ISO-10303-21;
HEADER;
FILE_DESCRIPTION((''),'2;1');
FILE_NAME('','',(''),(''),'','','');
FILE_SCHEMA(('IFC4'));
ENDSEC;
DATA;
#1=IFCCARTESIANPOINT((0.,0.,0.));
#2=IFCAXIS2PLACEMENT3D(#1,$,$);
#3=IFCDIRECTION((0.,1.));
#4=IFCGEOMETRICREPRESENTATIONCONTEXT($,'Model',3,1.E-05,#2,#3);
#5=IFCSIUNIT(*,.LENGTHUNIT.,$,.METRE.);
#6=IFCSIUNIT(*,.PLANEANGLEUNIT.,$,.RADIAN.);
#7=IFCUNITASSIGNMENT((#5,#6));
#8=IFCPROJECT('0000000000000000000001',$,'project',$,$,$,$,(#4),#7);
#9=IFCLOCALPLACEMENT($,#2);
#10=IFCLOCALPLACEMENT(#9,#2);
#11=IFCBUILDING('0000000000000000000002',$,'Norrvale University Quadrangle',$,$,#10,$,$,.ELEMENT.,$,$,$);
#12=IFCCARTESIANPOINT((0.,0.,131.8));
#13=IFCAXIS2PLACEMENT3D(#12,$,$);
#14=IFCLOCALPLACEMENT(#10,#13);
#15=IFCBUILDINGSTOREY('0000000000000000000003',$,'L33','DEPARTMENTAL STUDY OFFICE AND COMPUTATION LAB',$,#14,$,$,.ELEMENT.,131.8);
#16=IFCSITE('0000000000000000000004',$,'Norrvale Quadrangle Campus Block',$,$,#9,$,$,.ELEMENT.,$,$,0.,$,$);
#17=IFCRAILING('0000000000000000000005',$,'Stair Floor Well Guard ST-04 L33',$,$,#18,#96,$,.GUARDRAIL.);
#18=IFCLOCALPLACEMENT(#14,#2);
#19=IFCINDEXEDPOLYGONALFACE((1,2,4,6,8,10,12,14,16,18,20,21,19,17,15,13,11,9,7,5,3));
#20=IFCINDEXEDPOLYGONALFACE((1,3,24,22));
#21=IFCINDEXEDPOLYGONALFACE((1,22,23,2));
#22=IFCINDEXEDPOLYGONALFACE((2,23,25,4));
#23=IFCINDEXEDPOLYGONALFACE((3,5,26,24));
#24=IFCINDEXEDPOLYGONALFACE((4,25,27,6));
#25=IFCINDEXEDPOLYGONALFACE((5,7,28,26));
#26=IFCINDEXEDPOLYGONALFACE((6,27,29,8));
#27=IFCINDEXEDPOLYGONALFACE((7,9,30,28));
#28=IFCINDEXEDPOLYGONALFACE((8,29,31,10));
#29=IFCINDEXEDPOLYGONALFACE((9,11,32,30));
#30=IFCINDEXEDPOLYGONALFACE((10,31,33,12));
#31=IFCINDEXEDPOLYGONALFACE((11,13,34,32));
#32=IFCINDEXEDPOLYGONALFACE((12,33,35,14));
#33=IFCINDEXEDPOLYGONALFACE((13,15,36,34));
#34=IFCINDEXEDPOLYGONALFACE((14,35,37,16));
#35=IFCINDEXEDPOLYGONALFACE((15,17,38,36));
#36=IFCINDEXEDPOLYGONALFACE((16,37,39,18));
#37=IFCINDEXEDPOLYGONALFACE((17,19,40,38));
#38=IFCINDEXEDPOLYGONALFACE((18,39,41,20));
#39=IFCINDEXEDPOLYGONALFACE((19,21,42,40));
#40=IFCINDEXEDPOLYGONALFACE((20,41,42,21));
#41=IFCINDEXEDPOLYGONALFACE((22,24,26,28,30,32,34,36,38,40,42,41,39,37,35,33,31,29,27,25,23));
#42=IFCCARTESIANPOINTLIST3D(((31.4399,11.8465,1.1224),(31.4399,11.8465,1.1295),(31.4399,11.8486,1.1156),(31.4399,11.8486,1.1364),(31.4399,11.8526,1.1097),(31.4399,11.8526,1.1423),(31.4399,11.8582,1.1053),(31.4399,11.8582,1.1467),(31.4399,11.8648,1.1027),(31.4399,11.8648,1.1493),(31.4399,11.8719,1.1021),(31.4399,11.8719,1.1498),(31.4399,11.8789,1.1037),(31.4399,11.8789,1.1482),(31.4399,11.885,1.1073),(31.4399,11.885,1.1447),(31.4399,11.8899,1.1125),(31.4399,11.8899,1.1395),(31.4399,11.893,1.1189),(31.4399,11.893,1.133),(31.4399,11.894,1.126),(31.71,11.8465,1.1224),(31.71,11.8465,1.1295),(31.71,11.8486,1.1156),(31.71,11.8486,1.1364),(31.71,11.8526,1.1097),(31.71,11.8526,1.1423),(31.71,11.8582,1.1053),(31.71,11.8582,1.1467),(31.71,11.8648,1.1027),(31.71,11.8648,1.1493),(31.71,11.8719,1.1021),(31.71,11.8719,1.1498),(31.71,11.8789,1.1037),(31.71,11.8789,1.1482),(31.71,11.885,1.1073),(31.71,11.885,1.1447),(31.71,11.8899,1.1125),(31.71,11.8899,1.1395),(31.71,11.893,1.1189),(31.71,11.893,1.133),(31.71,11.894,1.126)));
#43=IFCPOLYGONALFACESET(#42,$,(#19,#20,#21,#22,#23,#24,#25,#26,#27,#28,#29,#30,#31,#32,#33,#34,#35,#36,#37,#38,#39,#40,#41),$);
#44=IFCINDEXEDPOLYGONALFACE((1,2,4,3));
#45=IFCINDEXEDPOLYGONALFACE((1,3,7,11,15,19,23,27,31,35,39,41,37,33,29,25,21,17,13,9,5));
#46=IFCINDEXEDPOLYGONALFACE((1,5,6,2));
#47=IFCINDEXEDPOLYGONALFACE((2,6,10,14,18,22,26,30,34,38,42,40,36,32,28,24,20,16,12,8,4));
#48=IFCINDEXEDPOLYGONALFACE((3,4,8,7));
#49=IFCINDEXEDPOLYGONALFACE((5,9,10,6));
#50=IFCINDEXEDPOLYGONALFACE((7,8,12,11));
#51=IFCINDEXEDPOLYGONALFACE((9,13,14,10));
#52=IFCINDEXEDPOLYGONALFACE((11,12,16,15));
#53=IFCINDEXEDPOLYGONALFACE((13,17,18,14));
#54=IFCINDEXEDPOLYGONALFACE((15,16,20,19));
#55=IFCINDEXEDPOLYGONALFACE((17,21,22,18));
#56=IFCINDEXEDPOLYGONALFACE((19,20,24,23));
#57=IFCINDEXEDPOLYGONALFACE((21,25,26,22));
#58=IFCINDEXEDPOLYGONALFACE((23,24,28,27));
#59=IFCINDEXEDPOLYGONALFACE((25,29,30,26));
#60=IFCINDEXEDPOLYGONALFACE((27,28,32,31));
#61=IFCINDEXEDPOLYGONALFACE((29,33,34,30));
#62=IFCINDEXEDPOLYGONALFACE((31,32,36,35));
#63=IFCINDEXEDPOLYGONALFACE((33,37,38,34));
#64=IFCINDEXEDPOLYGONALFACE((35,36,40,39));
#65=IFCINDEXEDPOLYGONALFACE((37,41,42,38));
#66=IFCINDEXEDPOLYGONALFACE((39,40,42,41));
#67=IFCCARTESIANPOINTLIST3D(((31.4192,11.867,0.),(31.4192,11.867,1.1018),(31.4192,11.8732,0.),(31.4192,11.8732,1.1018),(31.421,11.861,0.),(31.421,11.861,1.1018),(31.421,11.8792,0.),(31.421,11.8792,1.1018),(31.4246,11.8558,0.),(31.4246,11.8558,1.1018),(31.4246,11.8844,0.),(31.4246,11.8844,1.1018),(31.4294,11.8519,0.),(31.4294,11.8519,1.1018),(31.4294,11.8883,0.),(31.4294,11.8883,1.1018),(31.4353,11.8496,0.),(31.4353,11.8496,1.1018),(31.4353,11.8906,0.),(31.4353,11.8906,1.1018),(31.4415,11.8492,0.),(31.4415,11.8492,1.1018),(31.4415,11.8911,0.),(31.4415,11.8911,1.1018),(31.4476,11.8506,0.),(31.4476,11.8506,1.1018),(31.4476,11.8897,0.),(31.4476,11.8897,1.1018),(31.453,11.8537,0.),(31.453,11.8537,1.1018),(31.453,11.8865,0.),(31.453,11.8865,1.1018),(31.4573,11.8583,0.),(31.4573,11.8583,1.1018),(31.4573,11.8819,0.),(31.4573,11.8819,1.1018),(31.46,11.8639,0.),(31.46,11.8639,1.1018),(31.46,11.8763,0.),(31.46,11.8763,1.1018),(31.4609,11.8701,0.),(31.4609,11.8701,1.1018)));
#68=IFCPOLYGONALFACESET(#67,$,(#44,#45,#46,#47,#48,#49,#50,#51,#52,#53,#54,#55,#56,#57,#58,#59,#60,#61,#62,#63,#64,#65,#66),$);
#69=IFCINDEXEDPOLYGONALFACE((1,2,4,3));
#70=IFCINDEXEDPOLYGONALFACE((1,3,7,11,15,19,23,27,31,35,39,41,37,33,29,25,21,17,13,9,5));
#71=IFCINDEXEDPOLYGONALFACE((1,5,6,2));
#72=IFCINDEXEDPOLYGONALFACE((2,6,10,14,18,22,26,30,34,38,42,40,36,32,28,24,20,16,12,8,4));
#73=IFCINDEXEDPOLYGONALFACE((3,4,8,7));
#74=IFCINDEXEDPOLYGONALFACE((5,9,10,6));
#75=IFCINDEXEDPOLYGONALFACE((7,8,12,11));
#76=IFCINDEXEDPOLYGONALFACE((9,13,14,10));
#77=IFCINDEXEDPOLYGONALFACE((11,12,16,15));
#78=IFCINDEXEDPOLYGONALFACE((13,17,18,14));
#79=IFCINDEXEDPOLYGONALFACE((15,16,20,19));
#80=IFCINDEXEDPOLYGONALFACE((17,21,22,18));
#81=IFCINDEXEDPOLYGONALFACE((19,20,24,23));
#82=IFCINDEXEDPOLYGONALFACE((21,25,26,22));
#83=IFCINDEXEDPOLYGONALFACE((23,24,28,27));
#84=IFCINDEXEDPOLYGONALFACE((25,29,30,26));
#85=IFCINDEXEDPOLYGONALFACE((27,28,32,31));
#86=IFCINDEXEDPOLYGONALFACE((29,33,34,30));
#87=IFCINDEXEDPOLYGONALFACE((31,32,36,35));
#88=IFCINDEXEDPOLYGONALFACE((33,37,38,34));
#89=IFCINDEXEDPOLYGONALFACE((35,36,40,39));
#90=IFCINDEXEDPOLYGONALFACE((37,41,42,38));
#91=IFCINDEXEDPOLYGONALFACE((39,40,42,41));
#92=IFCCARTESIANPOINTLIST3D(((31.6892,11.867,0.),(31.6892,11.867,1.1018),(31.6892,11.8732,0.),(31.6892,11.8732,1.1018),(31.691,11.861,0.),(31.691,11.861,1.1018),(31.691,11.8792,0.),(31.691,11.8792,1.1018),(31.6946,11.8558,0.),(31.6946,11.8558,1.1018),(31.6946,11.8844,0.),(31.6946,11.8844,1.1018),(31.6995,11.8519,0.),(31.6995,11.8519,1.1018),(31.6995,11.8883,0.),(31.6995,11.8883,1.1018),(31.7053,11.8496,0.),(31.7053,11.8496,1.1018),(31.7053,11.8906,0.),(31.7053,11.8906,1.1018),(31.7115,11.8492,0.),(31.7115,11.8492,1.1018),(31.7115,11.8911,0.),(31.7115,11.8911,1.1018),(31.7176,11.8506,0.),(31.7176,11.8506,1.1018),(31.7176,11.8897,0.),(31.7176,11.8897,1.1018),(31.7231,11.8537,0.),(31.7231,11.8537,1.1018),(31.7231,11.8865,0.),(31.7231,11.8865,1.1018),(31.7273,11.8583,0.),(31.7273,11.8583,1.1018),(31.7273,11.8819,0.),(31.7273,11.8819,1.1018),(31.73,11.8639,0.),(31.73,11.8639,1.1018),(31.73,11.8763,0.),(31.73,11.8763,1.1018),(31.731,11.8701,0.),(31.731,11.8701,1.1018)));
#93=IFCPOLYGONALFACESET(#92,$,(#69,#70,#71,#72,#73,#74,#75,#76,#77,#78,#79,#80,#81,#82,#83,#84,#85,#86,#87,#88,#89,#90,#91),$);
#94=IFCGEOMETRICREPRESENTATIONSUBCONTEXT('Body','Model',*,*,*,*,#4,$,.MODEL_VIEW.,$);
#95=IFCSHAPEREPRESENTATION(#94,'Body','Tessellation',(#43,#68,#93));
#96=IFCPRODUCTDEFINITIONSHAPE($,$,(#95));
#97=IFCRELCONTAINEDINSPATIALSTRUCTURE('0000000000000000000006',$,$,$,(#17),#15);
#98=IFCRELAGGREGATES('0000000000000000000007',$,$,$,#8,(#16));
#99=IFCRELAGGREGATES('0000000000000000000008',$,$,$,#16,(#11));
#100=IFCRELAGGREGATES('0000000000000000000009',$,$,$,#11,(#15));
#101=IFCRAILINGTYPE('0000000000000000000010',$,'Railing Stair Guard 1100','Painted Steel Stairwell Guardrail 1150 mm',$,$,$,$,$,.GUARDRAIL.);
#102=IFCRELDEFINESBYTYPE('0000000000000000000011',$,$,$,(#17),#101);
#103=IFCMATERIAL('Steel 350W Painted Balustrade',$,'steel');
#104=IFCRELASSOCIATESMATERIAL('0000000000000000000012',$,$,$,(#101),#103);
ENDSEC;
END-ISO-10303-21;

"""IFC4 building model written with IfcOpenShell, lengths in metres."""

from ifc_helpers import new_model, si_unit, direction, frame, origin, origin_2d, place, context, subcontext, project, spatial, circle, extrude, material, type_object, element, save


model = new_model("IFC4")

# Units and contexts
model_context = context("Model", 3, precision=1e-05, world=origin(), true_north=direction((0.0, 1.0)))
body_context = subcontext(model_context, "Body", "Model", "MODEL_VIEW")
ifc_project = project(units=[si_unit("LENGTHUNIT", "METRE"), si_unit("PLANEANGLEUNIT", "RADIAN")], contexts=[model_context])

# Site, building, storey
site_placement = place(None, origin())
site = spatial("IfcSite", under=ifc_project, at=site_placement, Name="Norrvale Quadrangle Campus Block", CompositionType="ELEMENT", RefElevation=0.0)
building_placement = place(site_placement, origin())
building = spatial("IfcBuilding", under=site, at=building_placement, Name="Norrvale University Quadrangle", CompositionType="ELEMENT")
storey_placement = place(building_placement, frame((0.0, 0.0, 131.8)))
storey = spatial("IfcBuildingStorey", under=building, at=storey_placement, Name="L33", Description="DEPARTMENTAL STUDY OFFICE AND COMPUTATION LAB", CompositionType="ELEMENT", Elevation=131.8)

# Railing
ifc_material_1 = material(Name="Steel 350W Painted Balustrade", Category="steel")
railing_type_1 = type_object("IfcRailingType", Name="Railing Stair Guard 1100", Description="Painted Steel Stairwell Guardrail 1150 mm", PredefinedType="GUARDRAIL", material=ifc_material_1)
railing_1_placement = place(storey_placement, frame((31.4399, 11.8701, 0.0)))
element("IfcRailing", 1, at=railing_1_placement, inside=storey, type_object=railing_type_1, Name="Stair Floor Well Guard ST-04 L33", PredefinedType="GUARDRAIL", context=body_context, shape_type="SweptSolid", body=[
    extrude(circle(Radius=0.0239, at=origin_2d()), frame((0.0, 0.0, 1.126), z_axis=(1.0, 0.0, 0.0), x_axis=(0.0, 1.0, 0.0)), (0.0, 0.0, 1.0), 0.27),
    extrude(circle(Radius=0.021, at=origin_2d()), origin(), (0.0, 0.0, 1.0), 1.1018),
    extrude(circle(Radius=0.021, at=origin_2d()), frame((0.27, 0.0, 0.0)), (0.0, 0.0, 1.0), 1.1018),
])

save(model, "model.ifc")
